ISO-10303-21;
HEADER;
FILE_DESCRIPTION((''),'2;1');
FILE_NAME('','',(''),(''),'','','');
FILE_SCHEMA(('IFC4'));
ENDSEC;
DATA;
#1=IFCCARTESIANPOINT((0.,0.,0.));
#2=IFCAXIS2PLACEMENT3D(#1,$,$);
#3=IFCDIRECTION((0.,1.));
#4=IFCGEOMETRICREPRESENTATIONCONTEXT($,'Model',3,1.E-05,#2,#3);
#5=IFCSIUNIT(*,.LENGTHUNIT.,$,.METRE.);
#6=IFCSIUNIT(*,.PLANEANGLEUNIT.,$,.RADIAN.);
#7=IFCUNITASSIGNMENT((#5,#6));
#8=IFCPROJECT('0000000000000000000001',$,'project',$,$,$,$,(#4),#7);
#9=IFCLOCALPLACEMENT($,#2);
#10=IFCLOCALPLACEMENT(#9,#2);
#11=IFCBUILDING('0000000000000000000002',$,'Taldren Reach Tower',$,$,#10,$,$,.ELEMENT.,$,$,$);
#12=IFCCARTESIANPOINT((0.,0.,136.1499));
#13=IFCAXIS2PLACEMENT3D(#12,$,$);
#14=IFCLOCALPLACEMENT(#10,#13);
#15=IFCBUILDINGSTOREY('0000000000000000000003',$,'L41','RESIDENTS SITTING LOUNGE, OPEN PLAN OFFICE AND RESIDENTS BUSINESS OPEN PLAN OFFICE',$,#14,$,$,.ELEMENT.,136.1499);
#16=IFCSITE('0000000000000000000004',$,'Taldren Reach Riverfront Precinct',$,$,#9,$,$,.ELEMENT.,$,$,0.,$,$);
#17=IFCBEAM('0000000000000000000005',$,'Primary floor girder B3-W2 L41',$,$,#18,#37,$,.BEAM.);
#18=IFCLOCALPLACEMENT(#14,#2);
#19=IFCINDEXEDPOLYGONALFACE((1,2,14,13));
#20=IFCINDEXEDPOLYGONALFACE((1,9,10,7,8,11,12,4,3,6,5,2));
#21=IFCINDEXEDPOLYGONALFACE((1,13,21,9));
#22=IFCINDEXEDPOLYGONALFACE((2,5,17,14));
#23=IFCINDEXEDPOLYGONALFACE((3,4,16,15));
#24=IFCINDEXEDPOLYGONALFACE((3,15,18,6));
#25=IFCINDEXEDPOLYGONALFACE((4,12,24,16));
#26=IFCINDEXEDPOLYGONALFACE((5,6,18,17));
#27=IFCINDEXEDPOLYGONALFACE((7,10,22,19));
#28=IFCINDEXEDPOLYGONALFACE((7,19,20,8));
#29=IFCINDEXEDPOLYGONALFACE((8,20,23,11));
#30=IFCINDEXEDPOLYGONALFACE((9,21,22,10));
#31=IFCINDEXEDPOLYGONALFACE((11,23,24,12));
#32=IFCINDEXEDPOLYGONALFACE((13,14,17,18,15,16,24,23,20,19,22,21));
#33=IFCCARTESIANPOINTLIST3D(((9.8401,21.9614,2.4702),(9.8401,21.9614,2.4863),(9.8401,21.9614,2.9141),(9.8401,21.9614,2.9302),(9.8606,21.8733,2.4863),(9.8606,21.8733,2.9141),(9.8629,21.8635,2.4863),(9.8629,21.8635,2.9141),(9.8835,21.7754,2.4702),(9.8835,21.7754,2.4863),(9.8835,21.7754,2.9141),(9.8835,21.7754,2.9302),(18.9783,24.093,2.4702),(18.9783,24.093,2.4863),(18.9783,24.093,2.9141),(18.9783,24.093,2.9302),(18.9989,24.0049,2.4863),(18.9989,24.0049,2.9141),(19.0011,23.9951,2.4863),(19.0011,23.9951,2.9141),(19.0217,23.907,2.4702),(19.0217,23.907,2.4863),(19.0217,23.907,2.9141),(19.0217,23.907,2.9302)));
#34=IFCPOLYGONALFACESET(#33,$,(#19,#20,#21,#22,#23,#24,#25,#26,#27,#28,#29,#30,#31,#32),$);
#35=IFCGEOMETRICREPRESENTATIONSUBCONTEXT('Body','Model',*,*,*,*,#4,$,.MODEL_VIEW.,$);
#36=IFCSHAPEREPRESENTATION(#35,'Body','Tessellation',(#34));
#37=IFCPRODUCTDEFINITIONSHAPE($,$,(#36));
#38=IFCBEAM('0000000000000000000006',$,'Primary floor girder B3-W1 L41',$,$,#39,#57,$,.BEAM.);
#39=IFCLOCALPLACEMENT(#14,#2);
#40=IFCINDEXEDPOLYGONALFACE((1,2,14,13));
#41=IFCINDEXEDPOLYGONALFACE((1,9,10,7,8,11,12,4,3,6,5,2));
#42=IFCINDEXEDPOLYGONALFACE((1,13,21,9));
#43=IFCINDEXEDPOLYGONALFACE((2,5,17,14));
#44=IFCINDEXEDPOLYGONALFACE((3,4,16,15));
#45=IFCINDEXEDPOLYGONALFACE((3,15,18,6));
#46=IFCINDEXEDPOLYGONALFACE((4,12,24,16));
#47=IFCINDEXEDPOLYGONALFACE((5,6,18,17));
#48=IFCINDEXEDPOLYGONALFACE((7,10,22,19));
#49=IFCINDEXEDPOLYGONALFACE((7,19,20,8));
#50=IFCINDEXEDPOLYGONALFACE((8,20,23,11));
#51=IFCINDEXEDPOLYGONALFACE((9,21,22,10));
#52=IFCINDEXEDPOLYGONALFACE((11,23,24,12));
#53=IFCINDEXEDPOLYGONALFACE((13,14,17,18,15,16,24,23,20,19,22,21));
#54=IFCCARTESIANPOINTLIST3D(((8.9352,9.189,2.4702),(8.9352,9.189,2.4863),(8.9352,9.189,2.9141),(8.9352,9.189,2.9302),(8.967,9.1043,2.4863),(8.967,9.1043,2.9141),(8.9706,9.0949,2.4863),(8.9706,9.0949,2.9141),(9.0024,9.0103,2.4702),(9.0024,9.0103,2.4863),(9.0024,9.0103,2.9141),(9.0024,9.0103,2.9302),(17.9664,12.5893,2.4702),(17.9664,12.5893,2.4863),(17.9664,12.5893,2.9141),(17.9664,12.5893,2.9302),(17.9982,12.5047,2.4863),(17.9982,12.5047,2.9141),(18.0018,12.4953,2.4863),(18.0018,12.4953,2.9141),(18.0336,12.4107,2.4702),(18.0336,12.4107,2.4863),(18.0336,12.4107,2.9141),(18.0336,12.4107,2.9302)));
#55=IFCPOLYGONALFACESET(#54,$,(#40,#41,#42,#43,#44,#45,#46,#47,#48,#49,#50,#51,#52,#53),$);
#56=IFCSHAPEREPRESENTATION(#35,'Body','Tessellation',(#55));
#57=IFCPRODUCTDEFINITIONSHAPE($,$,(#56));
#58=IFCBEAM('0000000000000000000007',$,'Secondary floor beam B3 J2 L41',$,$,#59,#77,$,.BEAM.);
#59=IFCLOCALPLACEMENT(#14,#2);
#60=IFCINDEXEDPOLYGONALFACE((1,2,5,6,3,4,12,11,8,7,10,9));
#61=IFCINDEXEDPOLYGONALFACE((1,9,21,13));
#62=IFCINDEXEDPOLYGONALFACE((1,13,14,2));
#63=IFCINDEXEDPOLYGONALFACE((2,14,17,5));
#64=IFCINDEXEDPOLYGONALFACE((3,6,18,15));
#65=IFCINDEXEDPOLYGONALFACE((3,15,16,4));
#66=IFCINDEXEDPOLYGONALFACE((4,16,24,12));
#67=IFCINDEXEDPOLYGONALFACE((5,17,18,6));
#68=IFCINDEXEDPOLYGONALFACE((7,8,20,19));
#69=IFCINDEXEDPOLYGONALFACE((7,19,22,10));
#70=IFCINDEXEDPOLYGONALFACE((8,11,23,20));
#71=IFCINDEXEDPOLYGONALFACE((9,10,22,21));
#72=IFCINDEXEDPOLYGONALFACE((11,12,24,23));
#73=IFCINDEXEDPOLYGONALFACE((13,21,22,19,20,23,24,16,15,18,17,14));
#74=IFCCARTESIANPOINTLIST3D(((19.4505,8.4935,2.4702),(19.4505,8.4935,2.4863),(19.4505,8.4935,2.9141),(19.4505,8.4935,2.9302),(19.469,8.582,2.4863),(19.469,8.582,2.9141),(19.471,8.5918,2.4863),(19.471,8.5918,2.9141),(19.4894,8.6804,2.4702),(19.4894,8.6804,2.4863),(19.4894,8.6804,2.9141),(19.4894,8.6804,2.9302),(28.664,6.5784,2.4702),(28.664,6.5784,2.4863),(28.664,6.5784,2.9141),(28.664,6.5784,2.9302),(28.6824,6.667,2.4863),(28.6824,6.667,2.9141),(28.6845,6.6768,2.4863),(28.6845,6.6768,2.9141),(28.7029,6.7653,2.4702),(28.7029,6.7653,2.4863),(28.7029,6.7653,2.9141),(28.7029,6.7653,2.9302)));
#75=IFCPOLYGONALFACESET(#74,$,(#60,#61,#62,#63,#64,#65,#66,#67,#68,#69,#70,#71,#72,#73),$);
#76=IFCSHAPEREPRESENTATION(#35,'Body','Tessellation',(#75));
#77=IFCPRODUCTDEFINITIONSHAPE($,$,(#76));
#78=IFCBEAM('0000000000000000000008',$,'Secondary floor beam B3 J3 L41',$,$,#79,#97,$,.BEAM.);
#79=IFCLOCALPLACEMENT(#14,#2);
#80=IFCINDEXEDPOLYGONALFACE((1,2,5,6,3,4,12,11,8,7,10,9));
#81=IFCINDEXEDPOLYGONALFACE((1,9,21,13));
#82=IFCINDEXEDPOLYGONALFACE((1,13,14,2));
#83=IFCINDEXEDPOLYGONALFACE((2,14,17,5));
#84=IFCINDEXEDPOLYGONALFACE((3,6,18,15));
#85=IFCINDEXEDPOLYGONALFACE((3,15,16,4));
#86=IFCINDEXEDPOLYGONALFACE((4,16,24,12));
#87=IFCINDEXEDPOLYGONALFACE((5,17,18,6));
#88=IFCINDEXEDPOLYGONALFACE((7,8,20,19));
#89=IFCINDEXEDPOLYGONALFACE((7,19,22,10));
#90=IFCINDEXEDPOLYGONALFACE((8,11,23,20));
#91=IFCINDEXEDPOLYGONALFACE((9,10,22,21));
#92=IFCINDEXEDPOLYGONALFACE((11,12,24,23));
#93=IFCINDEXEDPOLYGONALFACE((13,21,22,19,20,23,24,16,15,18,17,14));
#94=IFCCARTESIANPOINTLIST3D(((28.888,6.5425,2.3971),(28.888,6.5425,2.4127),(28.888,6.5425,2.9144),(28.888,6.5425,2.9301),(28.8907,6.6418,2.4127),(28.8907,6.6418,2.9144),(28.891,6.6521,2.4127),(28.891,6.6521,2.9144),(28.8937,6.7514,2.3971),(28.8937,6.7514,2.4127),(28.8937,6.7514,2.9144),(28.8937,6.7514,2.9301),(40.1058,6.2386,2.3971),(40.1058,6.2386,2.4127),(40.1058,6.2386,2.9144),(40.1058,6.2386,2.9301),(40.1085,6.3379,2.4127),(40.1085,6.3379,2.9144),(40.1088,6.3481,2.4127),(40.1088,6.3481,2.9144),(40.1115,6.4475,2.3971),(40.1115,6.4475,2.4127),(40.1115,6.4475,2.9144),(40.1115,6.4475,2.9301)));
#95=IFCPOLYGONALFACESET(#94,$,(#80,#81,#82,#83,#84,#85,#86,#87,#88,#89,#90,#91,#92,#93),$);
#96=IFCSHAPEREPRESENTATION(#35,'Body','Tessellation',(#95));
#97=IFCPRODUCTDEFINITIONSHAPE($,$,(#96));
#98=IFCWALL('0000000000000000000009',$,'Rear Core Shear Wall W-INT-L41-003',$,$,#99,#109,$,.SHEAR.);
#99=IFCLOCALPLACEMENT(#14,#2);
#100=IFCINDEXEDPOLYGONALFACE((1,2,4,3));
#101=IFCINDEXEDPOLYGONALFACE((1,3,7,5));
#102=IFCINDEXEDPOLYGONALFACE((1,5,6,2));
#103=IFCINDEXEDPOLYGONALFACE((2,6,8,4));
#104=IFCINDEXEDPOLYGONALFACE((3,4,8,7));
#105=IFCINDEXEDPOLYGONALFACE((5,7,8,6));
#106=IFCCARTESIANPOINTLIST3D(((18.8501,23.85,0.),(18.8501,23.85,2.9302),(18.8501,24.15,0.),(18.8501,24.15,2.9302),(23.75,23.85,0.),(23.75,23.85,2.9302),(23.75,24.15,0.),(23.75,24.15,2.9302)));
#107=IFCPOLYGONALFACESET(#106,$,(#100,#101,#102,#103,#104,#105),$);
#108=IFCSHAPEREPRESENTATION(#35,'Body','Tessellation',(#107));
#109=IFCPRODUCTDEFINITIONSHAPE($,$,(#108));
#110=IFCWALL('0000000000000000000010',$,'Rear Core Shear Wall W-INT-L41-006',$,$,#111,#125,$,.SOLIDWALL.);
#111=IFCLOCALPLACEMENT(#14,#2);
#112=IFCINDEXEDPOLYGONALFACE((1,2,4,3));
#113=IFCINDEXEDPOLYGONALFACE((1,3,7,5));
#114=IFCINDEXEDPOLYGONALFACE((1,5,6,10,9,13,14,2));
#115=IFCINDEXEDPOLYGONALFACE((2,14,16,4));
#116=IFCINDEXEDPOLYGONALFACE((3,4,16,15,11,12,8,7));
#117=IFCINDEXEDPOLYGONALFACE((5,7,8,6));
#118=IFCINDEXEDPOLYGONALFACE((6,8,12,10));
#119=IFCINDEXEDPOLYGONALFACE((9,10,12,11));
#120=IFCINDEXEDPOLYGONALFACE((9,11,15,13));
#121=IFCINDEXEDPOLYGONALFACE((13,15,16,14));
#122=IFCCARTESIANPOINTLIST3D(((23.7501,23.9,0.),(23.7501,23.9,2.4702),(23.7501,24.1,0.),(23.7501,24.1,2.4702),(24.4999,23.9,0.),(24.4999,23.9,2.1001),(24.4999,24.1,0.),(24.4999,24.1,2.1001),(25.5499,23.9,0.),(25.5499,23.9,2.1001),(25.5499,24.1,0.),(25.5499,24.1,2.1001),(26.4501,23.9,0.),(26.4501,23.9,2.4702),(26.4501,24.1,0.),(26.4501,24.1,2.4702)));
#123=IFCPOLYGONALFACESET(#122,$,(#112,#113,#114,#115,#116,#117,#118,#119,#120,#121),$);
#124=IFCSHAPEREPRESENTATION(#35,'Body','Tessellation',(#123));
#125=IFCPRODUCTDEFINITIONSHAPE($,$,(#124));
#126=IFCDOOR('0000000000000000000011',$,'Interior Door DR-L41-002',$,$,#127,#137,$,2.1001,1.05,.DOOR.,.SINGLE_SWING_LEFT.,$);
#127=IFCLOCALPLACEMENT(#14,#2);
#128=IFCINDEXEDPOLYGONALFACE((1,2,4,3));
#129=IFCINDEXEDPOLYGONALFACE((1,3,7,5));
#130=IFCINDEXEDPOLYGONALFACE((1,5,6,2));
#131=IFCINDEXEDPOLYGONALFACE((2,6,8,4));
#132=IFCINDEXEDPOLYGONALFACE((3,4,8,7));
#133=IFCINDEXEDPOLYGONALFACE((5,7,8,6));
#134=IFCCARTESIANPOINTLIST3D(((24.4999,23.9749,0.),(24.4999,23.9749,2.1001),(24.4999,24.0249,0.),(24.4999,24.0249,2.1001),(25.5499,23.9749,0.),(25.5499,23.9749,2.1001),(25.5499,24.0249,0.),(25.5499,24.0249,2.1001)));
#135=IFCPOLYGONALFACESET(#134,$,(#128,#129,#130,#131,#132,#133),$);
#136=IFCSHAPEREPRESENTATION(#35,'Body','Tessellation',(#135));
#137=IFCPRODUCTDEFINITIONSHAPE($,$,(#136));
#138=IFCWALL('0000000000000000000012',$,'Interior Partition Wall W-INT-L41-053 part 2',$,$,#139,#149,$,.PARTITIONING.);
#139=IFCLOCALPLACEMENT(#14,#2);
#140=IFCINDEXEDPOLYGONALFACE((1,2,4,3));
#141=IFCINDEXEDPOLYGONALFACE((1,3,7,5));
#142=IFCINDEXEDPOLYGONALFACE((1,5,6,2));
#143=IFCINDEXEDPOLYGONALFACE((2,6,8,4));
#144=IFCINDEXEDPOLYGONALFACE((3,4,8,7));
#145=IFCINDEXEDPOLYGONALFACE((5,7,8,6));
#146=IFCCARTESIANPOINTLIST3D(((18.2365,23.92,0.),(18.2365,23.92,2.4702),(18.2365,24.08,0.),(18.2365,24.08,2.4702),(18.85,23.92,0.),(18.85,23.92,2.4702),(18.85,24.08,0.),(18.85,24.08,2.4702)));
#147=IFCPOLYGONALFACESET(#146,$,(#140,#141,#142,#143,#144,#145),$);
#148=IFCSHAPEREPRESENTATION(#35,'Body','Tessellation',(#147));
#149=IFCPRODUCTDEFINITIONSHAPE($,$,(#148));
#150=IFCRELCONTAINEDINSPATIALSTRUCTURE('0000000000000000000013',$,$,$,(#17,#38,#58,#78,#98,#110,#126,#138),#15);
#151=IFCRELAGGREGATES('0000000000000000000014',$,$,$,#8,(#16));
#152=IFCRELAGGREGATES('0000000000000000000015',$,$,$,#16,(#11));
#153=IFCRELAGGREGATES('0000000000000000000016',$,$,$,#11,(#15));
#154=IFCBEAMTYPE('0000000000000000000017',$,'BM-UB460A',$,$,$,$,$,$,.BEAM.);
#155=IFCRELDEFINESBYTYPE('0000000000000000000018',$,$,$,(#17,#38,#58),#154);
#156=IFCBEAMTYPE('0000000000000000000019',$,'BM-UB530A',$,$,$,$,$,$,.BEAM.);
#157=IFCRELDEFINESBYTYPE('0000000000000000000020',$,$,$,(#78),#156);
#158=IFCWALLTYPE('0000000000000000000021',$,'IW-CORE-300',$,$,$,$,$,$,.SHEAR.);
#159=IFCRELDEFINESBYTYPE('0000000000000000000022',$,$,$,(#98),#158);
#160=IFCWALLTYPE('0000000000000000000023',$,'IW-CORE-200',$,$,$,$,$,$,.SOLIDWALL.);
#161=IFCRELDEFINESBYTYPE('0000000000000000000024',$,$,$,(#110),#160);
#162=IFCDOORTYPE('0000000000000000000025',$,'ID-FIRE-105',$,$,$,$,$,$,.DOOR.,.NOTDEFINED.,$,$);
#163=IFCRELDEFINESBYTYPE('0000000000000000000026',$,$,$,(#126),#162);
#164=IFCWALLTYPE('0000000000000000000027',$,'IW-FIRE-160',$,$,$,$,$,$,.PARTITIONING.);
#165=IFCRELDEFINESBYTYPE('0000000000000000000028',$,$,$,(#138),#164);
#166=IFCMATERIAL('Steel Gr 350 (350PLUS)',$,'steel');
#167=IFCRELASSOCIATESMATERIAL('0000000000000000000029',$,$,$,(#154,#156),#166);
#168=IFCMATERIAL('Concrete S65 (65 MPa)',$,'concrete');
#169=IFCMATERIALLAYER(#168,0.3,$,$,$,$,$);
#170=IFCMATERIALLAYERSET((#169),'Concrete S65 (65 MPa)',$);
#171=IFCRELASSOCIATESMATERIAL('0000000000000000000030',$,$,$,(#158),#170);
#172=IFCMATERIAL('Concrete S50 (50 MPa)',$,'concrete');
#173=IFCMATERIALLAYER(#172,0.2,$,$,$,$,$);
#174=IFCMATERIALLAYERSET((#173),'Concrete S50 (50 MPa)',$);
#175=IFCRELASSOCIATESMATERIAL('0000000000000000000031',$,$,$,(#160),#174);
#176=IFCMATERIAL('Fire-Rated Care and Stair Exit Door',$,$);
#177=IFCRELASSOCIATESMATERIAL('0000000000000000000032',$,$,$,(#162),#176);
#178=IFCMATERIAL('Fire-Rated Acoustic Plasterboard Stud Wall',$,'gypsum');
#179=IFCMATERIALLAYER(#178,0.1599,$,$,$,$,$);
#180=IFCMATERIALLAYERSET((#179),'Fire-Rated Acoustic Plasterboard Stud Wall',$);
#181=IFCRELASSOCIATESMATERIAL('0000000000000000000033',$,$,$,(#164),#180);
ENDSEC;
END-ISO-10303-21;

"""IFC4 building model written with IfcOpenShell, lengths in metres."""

from ifc_helpers import new_model, si_unit, direction, frame, frame_2d, origin, origin_2d, place, context, subcontext, project, spatial, rectangle, i_section, extrude, source, transform, mapped, material, layer, layer_set, material_profile, profile_set, type_object, element, fill, save


model = new_model("IFC4")

# Units and contexts
model_context = context("Model", 3, precision=1e-05, world=origin(), true_north=direction((0.0, 1.0)))
body_context = subcontext(model_context, "Body", "Model", "MODEL_VIEW")
ifc_project = project(units=[si_unit("LENGTHUNIT", "METRE"), si_unit("PLANEANGLEUNIT", "RADIAN")], contexts=[model_context])

# Site, building, storey
site_placement = place(None, origin())
site = spatial("IfcSite", under=ifc_project, at=site_placement, Name="Taldren Reach Riverfront Precinct", CompositionType="ELEMENT", RefElevation=0.0)
building_placement = place(site_placement, origin())
building = spatial("IfcBuilding", under=site, at=building_placement, Name="Taldren Reach Tower", CompositionType="ELEMENT")
storey_placement = place(building_placement, frame((0.0, 0.0, 136.1499)))
storey = spatial("IfcBuildingStorey", under=building, at=storey_placement, Name="L41", Description="RESIDENTS SITTING LOUNGE, OPEN PLAN OFFICE AND RESIDENTS BUSINESS OPEN PLAN OFFICE", CompositionType="ELEMENT", Elevation=136.1499)

# Shared definitions
ifc_material_1 = material(Name="Steel Gr 350 (350PLUS)", Category="steel")

# Shared definitions
ifc_material_profile_1 = material_profile(ifc_material_1, i_section(OverallWidth=0.1909, OverallDepth=0.46, WebThickness=0.01, FlangeThickness=0.0161, at=origin_2d()), Name="460UB82.1")
ifc_profile_set_1 = profile_set([ifc_material_profile_1], Name="Steel Gr 350 (350PLUS)")
beam_type_1 = type_object("IfcBeamType", Name="BM-UB460A", PredefinedType="BEAM", material=ifc_profile_set_1)
ifc_material_profile_2 = material_profile(ifc_material_1, i_section(OverallWidth=0.209, OverallDepth=0.533, WebThickness=0.0103, FlangeThickness=0.0156, at=origin_2d()), Name="530UB92.4")
ifc_profile_set_2 = profile_set([ifc_material_profile_2], Name="Steel Gr 350 (350PLUS)")
beam_type_2 = type_object("IfcBeamType", Name="BM-UB530A", PredefinedType="BEAM", material=ifc_profile_set_2)

# Beams
shared_shape_1 = source(origin(), body_context, "Body", "SweptSolid", [
    extrude(i_section(OverallWidth=0.1909, OverallDepth=0.46, WebThickness=0.01, FlangeThickness=0.0161, at=origin_2d()), origin(), (0.0, 0.0, 1.0), 9.3835),
])
beam_1_placement = place(storey_placement, frame((19.0, 24.0, 2.7002), z_axis=(-0.973857, -0.227164, 0.0), x_axis=(0.227164, -0.973857, 0.0)))
element("IfcBeam", 1, at=beam_1_placement, inside=storey, type_object=beam_type_1, Name="Primary floor girder B3-W2 L41", PredefinedType="BEAM", context=body_context, shape_type="MappedRepresentation", body=[
    mapped(shared_shape_1, transform((0.0, 0.0, 0.0), scale=1.0)),
])
shared_shape_2 = source(origin(), body_context, "Body", "SweptSolid", [
    extrude(i_section(OverallWidth=0.1909, OverallDepth=0.46, WebThickness=0.01, FlangeThickness=0.0161, at=origin_2d()), origin(), (0.0, 0.0, 1.0), 9.6501),
])
beam_2_placement = place(storey_placement, frame((18.0, 12.5, 2.7002), z_axis=(-0.935863, -0.352365, 0.0), x_axis=(0.352365, -0.935863, 0.0)))
element("IfcBeam", 2, at=beam_2_placement, inside=storey, type_object=beam_type_1, Name="Primary floor girder B3-W1 L41", PredefinedType="BEAM", context=body_context, shape_type="MappedRepresentation", body=[
    mapped(shared_shape_2, transform((0.0, 0.0, 0.0), scale=1.0)),
])
shared_shape_3 = source(origin(), body_context, "Body", "SweptSolid", [
    extrude(i_section(OverallWidth=0.1909, OverallDepth=0.46, WebThickness=0.01, FlangeThickness=0.0161, at=origin_2d()), origin(), (0.0, 0.0, 1.0), 9.4104),
])
beam_3_placement = place(storey_placement, frame((19.47, 8.5869, 2.7002), z_axis=(0.979074, -0.203505, 0.0), x_axis=(0.203505, 0.979074, 0.0)))
element("IfcBeam", 3, at=beam_3_placement, inside=storey, type_object=beam_type_1, Name="Secondary floor beam B3 J2 L41", PredefinedType="BEAM", context=body_context, shape_type="MappedRepresentation", body=[
    mapped(shared_shape_3, transform((0.0, 0.0, 0.0), scale=1.0)),
])
shared_shape_4 = source(origin(), body_context, "Body", "SweptSolid", [
    extrude(i_section(OverallWidth=0.209, OverallDepth=0.533, WebThickness=0.0103, FlangeThickness=0.0156, at=origin_2d()), origin(), (0.0, 0.0, 1.0), 11.2219),
])
beam_4_placement = place(storey_placement, frame((28.8909, 6.647, 2.6636), z_axis=(0.999633, -0.027086, 0.0), x_axis=(0.027086, 0.999633, 0.0)))
element("IfcBeam", 4, at=beam_4_placement, inside=storey, type_object=beam_type_2, Name="Secondary floor beam B3 J3 L41", PredefinedType="BEAM", context=body_context, shape_type="MappedRepresentation", body=[
    mapped(shared_shape_4, transform((0.0, 0.0, 0.0), scale=1.0)),
])

# Wall
ifc_material_2 = material(Name="Concrete S65 (65 MPa)", Category="concrete")
ifc_layer_1 = layer(ifc_material_2, 0.3)
ifc_layer_set_1 = layer_set([ifc_layer_1], Name="Concrete S65 (65 MPa)")
wall_type_1 = type_object("IfcWallType", Name="IW-CORE-300", PredefinedType="SHEAR", material=ifc_layer_set_1)
shared_shape_5 = source(origin(), body_context, "Body", "SweptSolid", [
    extrude(rectangle(XDim=4.8999, YDim=0.3, at=frame_2d((2.45, 0.0))), origin(), (0.0, 0.0, 1.0), 2.9302),
])
wall_1_placement = place(storey_placement, frame((18.8501, 24.0, 0.0), z_axis=(0.0, 0.0, 1.0), x_axis=(1.0, 0.0, 0.0)))
element("IfcWall", 5, at=wall_1_placement, inside=storey, type_object=wall_type_1, Name="Rear Core Shear Wall W-INT-L41-003", PredefinedType="SHEAR", context=body_context, shape_type="MappedRepresentation", body=[
    mapped(shared_shape_5, transform((0.0, 0.0, 0.0), scale=1.0)),
])

# Wall, opening, door
ifc_material_3 = material(Name="Concrete S50 (50 MPa)", Category="concrete")
ifc_layer_2 = layer(ifc_material_3, 0.2)
ifc_layer_set_2 = layer_set([ifc_layer_2], Name="Concrete S50 (50 MPa)")
wall_type_2 = type_object("IfcWallType", Name="IW-CORE-200", PredefinedType="SOLIDWALL", material=ifc_layer_set_2)
shared_shape_6 = source(origin(), body_context, "Body", "SweptSolid", [
    extrude(rectangle(XDim=2.7, YDim=0.2, at=frame_2d((1.3501, 0.0))), origin(), (0.0, 0.0, 1.0), 2.4702),
])
wall_2_placement = place(storey_placement, frame((23.75, 24.0, 0.0), z_axis=(0.0, 0.0, 1.0), x_axis=(1.0, 0.0, 0.0)))
wall_2 = element("IfcWall", 6, at=wall_2_placement, inside=storey, type_object=wall_type_2, Name="Rear Core Shear Wall W-INT-L41-006", PredefinedType="SOLIDWALL", context=body_context, shape_type="MappedRepresentation", body=[
    mapped(shared_shape_6, transform((0.0, 0.0, 0.0), scale=1.0)),
])
shared_shape_7 = source(origin(), body_context, "Body", "SweptSolid", [
    extrude(rectangle(XDim=1.05, YDim=2.1001, at=frame_2d((0.5249, 1.05))), frame((0.0, 0.1099, 0.0), z_axis=(0.0, -1.0, 0.0), x_axis=(1.0, 0.0, 0.0)), (0.0, 0.0, 1.0), 0.22),
])
opening_1_placement = place(wall_2_placement, frame((0.75, 0.0, 0.0)))
opening_1 = element("IfcOpeningElement", 7, at=opening_1_placement, cuts=wall_2, PredefinedType="OPENING", context=body_context, shape_type="MappedRepresentation", body=[
    mapped(shared_shape_7, transform((0.0, 0.0, 0.0), scale=1.0)),
])
ifc_material_4 = material(Name="Fire-Rated Care and Stair Exit Door")
door_type_1 = type_object("IfcDoorType", Name="ID-FIRE-105", OperationType="NOTDEFINED", PredefinedType="DOOR", material=ifc_material_4)
shared_shape_8 = source(origin(), body_context, "Body", "SweptSolid", [
    extrude(rectangle(XDim=1.05, YDim=2.1001, at=frame_2d((0.5249, 1.05))), frame((0.0, 0.0249, 0.0), z_axis=(0.0, -1.0, 0.0), x_axis=(1.0, 0.0, 0.0)), (0.0, 0.0, 1.0), 0.05),
])
door_1_placement = place(opening_1_placement, origin())
door_1 = element("IfcDoor", 8, at=door_1_placement, inside=storey, type_object=door_type_1, Name="Interior Door DR-L41-002", OperationType="SINGLE_SWING_LEFT", OverallHeight=2.1001, OverallWidth=1.05, PredefinedType="DOOR", context=body_context, shape_type="MappedRepresentation", body=[
    mapped(shared_shape_8, transform((0.0, 0.0, 0.0), scale=1.0)),
])
fill(opening_1, door_1)

# Wall
ifc_material_5 = material(Name="Fire-Rated Acoustic Plasterboard Stud Wall", Category="gypsum")
ifc_layer_3 = layer(ifc_material_5, 0.1599)
ifc_layer_set_3 = layer_set([ifc_layer_3], Name="Fire-Rated Acoustic Plasterboard Stud Wall")
wall_type_3 = type_object("IfcWallType", Name="IW-FIRE-160", PredefinedType="PARTITIONING", material=ifc_layer_set_3)
shared_shape_9 = source(origin(), body_context, "Body", "SweptSolid", [
    extrude(rectangle(XDim=0.6135, YDim=0.1599, at=frame_2d((0.3066, 0.0))), origin(), (0.0, 0.0, 1.0), 2.4702),
])
wall_3_placement = place(storey_placement, frame((18.2366, 24.0, 0.0), z_axis=(0.0, 0.0, 1.0), x_axis=(1.0, 0.0, 0.0)))
element("IfcWall", 9, at=wall_3_placement, inside=storey, type_object=wall_type_3, Name="Interior Partition Wall W-INT-L41-053 part 2", PredefinedType="PARTITIONING", context=body_context, shape_type="MappedRepresentation", body=[
    mapped(shared_shape_9, transform((0.0, 0.0, 0.0), scale=1.0)),
])

save(model, "model.ifc")
